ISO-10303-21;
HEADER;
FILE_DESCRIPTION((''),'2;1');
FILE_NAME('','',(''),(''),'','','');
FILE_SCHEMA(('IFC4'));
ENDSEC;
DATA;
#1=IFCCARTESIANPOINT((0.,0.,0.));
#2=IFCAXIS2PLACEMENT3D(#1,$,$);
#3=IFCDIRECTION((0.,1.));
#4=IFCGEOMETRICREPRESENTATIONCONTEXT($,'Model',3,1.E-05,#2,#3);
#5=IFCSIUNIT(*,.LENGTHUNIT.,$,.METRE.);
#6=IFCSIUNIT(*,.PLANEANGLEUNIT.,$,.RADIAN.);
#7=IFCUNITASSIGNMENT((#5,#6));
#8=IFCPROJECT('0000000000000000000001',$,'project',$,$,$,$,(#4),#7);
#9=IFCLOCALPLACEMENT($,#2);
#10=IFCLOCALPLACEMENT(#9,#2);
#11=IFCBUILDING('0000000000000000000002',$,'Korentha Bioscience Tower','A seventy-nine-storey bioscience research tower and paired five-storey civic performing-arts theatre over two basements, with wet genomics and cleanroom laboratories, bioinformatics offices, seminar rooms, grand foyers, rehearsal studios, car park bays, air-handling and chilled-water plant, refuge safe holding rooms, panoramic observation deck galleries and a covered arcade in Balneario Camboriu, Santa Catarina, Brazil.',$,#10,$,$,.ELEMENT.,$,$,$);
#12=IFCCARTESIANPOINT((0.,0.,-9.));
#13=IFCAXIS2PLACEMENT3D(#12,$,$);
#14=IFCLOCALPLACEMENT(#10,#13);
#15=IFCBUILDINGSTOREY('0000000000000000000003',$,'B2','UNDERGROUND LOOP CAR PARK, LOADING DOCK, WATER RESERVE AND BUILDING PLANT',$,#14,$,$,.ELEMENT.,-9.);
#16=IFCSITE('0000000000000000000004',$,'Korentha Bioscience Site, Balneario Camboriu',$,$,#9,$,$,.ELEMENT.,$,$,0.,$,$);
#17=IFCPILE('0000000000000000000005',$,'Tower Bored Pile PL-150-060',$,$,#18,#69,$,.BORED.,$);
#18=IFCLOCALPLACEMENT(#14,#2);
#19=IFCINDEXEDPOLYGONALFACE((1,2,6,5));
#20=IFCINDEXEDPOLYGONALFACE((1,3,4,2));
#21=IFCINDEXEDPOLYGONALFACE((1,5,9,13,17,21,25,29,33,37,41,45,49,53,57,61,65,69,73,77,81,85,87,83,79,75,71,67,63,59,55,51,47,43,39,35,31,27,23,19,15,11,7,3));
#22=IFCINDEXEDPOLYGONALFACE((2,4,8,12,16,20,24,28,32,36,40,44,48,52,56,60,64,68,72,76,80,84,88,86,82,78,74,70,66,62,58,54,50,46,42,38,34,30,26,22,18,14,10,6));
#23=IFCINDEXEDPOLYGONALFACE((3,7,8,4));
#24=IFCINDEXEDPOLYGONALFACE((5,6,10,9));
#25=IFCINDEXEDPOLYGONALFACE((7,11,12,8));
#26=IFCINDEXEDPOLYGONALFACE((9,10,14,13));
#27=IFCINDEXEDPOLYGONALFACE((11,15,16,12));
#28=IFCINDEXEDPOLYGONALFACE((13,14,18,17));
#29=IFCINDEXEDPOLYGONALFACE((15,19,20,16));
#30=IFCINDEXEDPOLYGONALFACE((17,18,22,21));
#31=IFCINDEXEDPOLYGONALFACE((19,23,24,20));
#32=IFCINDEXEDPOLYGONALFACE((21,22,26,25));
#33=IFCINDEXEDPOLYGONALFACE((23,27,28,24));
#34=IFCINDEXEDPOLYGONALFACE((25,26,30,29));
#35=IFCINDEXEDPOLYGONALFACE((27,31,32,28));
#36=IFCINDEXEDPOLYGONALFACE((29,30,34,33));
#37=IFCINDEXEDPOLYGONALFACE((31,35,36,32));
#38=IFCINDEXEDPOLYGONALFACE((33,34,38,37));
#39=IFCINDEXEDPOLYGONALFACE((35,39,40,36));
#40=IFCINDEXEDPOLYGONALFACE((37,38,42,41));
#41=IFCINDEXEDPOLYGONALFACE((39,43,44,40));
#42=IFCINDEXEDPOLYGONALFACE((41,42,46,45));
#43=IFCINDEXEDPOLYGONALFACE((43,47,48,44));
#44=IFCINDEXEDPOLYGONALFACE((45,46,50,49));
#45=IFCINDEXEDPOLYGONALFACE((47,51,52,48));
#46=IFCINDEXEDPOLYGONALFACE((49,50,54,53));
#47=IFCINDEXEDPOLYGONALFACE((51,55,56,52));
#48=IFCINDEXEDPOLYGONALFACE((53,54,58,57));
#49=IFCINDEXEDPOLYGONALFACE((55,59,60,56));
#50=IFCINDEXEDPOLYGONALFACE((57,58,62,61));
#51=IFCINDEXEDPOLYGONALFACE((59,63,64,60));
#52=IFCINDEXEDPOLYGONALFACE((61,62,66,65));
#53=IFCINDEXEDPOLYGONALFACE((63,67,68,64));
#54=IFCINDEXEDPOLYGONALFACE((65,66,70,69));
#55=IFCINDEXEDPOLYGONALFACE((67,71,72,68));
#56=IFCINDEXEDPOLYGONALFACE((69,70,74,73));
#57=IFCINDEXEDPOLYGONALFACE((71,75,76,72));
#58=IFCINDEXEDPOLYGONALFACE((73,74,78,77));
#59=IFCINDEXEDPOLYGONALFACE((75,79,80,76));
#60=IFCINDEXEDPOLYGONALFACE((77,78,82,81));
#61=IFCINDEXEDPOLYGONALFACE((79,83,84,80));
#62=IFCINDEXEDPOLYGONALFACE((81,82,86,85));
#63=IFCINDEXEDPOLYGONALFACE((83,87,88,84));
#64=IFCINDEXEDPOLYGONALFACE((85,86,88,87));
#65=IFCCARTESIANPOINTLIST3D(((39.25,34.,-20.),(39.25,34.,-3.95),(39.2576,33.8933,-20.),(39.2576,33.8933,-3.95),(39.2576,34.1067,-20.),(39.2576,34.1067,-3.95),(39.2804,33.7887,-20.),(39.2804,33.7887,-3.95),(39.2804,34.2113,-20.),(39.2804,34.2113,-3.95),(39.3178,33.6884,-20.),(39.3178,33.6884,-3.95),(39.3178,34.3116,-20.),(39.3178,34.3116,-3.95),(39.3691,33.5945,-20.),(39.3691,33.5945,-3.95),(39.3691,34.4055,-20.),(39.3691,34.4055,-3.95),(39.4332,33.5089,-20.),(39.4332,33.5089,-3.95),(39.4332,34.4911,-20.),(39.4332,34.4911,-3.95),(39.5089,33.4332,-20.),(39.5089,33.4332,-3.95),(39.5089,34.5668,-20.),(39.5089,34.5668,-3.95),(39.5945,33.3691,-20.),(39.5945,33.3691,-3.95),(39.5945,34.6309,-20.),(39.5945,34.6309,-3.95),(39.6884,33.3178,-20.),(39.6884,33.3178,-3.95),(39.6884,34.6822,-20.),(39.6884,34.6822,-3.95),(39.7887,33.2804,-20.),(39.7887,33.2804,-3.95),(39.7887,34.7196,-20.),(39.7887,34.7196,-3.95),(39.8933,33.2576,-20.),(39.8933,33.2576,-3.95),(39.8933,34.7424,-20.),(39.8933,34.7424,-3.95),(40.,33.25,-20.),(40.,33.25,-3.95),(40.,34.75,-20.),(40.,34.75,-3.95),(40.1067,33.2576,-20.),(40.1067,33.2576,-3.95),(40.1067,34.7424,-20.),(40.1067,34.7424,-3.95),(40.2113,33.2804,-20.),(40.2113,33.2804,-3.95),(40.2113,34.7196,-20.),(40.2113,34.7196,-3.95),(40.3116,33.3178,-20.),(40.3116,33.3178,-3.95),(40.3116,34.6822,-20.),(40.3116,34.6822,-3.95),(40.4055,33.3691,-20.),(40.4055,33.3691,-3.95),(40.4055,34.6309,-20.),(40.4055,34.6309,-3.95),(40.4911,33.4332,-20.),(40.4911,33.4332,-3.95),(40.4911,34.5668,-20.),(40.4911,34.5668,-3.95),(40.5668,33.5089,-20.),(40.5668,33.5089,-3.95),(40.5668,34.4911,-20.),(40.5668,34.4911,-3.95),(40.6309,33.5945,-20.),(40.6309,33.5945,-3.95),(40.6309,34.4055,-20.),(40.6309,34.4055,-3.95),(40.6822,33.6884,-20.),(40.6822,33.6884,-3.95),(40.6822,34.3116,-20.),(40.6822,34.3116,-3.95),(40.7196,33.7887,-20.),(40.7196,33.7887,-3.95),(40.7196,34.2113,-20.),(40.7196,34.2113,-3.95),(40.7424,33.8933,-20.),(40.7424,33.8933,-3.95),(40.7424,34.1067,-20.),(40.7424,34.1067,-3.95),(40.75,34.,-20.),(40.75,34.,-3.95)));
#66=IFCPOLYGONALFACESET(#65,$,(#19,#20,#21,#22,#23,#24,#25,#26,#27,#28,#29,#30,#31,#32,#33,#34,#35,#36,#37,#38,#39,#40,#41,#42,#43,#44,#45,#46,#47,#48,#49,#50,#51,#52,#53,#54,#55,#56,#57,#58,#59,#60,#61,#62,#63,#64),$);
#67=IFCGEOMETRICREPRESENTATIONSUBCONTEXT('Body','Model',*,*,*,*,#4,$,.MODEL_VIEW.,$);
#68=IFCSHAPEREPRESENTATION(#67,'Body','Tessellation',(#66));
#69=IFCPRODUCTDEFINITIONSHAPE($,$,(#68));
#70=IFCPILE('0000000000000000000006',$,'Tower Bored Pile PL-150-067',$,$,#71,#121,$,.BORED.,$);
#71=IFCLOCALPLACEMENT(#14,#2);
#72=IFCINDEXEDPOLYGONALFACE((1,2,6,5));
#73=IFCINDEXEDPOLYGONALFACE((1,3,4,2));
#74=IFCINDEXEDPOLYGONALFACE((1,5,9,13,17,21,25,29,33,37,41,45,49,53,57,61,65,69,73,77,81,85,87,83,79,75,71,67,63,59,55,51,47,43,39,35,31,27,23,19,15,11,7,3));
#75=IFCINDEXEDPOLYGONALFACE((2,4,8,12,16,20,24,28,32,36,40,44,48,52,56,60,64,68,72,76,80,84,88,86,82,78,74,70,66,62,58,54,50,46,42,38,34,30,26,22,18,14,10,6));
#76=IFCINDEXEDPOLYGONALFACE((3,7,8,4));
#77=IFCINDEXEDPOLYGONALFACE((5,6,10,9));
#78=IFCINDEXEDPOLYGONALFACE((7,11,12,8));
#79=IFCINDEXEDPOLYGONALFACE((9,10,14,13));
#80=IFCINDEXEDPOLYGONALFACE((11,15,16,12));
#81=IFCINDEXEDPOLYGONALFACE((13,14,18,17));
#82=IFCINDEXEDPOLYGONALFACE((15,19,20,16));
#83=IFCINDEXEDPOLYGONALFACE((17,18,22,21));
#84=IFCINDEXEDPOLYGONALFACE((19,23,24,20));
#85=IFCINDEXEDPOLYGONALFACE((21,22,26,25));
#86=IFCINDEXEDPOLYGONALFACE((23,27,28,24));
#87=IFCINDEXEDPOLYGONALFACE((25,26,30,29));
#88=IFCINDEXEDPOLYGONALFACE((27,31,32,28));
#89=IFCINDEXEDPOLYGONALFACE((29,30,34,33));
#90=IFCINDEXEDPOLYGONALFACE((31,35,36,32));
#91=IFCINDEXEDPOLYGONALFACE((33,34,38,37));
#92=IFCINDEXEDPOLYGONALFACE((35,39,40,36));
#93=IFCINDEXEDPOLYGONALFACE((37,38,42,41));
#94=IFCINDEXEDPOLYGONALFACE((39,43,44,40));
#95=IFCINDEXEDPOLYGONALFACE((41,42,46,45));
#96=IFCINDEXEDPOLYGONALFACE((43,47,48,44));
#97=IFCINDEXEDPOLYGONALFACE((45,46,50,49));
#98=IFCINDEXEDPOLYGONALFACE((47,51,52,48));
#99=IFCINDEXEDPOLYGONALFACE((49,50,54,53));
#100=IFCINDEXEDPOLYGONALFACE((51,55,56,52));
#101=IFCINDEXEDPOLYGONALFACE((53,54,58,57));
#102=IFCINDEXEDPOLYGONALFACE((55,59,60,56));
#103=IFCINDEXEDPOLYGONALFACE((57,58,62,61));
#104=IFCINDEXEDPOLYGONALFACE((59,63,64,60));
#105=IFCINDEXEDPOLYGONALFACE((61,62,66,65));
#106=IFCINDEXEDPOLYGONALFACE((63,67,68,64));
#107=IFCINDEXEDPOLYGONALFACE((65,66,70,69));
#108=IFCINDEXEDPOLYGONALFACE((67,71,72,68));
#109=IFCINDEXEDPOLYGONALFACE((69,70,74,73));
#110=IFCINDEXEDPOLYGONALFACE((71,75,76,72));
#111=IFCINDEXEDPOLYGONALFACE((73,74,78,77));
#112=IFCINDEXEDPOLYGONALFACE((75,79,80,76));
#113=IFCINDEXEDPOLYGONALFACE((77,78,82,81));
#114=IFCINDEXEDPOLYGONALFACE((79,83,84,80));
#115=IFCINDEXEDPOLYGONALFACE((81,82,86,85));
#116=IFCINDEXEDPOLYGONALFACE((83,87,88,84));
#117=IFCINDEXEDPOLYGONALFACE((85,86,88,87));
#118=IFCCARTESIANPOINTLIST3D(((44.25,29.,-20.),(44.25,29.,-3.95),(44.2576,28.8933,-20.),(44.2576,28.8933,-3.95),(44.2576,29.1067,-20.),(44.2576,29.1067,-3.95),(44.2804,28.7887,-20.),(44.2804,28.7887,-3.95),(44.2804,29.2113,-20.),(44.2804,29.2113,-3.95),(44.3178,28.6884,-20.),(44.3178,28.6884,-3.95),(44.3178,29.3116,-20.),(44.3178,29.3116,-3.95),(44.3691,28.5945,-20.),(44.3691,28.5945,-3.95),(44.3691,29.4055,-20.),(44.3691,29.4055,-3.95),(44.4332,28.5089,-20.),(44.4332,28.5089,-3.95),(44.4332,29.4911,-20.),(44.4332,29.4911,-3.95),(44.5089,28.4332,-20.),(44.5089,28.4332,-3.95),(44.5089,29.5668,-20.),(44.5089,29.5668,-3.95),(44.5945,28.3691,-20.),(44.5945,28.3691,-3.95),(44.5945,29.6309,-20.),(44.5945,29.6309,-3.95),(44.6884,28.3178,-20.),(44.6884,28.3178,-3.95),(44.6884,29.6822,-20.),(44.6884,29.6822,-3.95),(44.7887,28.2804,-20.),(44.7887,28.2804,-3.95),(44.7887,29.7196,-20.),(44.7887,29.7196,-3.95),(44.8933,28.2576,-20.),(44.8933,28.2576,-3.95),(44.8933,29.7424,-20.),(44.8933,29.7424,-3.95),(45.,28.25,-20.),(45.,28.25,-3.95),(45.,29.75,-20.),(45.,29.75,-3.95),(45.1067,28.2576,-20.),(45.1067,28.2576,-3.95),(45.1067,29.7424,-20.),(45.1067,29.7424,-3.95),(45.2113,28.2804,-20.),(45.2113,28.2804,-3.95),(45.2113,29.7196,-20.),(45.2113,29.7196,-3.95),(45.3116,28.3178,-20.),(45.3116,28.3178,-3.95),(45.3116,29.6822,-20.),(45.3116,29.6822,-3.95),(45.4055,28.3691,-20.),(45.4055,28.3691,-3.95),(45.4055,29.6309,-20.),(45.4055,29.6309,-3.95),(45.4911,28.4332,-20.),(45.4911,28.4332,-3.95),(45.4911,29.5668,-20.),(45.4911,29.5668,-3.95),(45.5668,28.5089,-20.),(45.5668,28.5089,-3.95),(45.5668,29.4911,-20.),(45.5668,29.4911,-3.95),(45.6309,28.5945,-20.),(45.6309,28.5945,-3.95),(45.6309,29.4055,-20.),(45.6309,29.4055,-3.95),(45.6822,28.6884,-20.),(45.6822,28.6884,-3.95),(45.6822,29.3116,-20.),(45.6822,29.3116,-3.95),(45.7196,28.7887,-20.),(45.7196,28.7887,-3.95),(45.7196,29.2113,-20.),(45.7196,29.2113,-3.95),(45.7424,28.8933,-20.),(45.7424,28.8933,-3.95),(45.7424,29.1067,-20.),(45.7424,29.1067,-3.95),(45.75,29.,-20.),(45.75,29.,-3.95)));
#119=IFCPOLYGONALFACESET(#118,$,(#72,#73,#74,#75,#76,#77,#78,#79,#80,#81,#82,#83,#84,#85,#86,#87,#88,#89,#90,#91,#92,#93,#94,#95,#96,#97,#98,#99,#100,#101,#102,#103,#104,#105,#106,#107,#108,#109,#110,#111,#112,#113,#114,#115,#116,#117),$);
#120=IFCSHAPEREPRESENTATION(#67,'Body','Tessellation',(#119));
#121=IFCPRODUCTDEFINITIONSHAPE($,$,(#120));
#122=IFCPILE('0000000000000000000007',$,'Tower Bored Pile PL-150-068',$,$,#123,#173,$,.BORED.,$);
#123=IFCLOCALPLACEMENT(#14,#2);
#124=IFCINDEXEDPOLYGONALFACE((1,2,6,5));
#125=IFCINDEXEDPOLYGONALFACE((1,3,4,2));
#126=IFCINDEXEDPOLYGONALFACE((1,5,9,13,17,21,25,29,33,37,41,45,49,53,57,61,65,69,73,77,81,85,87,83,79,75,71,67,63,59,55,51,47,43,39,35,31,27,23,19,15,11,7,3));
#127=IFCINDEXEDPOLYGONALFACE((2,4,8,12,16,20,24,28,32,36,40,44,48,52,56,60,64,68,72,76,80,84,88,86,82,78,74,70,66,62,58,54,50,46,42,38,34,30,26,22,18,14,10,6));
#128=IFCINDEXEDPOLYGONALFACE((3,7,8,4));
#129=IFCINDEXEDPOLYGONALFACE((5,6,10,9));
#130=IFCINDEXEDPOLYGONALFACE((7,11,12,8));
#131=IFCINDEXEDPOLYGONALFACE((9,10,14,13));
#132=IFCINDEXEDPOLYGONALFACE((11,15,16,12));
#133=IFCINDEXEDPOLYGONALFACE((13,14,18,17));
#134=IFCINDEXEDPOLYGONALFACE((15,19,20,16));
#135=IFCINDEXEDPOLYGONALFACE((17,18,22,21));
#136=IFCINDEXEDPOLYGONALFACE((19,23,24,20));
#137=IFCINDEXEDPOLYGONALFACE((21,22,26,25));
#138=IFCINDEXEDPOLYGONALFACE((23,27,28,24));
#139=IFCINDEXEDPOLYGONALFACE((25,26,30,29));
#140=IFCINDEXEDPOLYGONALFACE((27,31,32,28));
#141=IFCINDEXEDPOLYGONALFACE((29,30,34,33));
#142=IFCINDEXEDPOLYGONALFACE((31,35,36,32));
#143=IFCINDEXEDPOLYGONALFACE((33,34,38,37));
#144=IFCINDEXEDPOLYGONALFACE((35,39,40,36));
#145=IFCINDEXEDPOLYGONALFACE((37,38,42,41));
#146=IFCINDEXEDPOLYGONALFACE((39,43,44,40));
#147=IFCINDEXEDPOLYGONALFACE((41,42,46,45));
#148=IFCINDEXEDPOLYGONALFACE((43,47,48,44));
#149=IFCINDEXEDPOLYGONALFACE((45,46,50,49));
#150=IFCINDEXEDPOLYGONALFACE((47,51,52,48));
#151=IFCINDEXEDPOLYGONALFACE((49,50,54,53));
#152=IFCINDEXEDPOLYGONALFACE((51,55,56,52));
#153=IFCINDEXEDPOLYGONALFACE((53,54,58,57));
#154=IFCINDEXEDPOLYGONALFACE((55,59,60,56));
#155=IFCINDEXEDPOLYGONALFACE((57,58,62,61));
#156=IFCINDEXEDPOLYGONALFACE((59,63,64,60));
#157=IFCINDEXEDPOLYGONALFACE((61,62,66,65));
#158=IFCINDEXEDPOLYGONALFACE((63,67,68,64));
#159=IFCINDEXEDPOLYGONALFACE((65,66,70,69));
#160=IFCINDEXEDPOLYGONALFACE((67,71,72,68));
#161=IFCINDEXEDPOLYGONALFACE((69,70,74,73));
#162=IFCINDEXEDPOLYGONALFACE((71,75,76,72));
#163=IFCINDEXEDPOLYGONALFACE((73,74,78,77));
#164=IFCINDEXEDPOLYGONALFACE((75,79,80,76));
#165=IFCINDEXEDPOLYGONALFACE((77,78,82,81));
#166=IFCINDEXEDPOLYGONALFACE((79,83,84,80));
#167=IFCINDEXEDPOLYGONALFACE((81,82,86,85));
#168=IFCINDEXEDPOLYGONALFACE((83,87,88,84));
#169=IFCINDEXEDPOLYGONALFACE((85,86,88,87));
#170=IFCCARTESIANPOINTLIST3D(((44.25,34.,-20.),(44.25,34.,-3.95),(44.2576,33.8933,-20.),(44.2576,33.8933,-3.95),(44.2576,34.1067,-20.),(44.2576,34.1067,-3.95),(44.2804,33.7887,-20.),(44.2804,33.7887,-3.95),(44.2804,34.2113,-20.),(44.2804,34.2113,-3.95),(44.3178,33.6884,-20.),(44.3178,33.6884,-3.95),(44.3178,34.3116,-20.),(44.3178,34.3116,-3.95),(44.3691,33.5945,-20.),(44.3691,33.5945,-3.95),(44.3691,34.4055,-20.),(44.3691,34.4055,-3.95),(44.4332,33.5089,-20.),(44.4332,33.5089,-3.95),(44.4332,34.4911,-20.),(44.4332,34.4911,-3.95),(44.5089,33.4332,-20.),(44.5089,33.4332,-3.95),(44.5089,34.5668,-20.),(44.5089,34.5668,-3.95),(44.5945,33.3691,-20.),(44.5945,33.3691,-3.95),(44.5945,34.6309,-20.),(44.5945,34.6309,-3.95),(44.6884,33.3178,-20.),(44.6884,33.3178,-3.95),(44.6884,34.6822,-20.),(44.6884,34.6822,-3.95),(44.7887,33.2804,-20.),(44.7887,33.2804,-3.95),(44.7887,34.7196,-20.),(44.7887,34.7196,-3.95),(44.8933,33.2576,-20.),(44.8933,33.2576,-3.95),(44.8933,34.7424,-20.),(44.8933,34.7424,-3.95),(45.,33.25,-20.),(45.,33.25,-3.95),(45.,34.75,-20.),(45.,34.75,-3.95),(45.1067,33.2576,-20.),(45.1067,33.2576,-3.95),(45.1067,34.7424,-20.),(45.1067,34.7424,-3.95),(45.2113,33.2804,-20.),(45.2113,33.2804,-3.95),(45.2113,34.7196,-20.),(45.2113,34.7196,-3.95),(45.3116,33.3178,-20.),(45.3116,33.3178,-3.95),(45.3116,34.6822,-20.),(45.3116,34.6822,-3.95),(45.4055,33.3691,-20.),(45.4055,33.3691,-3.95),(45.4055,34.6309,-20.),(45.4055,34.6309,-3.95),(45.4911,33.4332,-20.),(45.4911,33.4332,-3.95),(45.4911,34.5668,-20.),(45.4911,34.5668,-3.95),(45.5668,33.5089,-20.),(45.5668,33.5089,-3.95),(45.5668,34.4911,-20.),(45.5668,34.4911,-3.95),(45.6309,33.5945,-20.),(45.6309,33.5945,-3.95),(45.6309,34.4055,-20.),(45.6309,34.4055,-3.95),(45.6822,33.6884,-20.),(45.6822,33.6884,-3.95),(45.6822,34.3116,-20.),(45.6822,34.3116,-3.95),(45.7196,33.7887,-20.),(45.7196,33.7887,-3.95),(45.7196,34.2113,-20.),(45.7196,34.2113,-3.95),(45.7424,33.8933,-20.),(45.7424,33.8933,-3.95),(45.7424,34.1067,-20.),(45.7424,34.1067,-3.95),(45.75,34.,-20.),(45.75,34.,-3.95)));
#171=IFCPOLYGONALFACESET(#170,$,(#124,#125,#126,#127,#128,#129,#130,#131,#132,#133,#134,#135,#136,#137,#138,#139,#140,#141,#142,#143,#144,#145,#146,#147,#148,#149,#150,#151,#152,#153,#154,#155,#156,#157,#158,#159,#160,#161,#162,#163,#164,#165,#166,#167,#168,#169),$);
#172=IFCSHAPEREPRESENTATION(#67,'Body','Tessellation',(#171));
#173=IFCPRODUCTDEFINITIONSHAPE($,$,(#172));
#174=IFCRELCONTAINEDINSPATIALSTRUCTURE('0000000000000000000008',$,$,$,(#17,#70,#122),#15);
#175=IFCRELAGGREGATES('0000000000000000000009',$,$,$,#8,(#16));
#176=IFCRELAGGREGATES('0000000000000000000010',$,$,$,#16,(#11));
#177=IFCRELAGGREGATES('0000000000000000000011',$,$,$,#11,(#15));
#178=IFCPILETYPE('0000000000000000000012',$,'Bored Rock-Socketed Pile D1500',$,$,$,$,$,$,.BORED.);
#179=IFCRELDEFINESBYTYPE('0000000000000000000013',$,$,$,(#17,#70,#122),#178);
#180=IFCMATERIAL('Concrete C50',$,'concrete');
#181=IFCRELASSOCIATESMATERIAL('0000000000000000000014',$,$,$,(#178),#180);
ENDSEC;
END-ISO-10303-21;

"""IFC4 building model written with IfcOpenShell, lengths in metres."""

from ifc_helpers import new_model, si_unit, direction, frame, origin, origin_2d, place, context, subcontext, project, spatial, circle, extrude, material, material_profile, profile_set, type_object, element, save


model = new_model("IFC4")

# Units and contexts
model_context = context("Model", 3, precision=1e-05, world=origin(), true_north=direction((0.0, 1.0)))
body_context = subcontext(model_context, "Body", "Model", "MODEL_VIEW")
ifc_project = project(units=[si_unit("LENGTHUNIT", "METRE"), si_unit("PLANEANGLEUNIT", "RADIAN")], contexts=[model_context])

# Site, building, storey
site_placement = place(None, origin())
site = spatial("IfcSite", under=ifc_project, at=site_placement, Name="Korentha Bioscience Site, Balneario Camboriu", CompositionType="ELEMENT", RefElevation=0.0)
building_placement = place(site_placement, origin())
building = spatial("IfcBuilding", under=site, at=building_placement, Name="Korentha Bioscience Tower", Description="A seventy-nine-storey bioscience research tower and paired five-storey civic performing-arts theatre over two basements, with wet genomics and cleanroom laboratories, bioinformatics offices, seminar rooms, grand foyers, rehearsal studios, car park bays, air-handling and chilled-water plant, refuge safe holding rooms, panoramic observation deck galleries and a covered arcade in Balneario Camboriu, Santa Catarina, Brazil.", CompositionType="ELEMENT")
storey_placement = place(building_placement, frame((0.0, 0.0, -9.0)))
storey = spatial("IfcBuildingStorey", under=building, at=storey_placement, Name="B2", Description="UNDERGROUND LOOP CAR PARK, LOADING DOCK, WATER RESERVE AND BUILDING PLANT", CompositionType="ELEMENT", Elevation=-9.0)

# Piles
ifc_material_1 = material(Name="Concrete C50", Category="concrete")
ifc_material_profile_1 = material_profile(ifc_material_1, circle(Radius=0.75, at=origin_2d()), Name="Concrete C50")
ifc_profile_set_1 = profile_set([ifc_material_profile_1], Name="Concrete C50 (PL-150)")
pile_type = type_object("IfcPileType", Name="Bored Rock-Socketed Pile D1500", PredefinedType="BORED", material=ifc_profile_set_1)
for number, where, z_axis, x_axis, name in (
    (1, (40.0, 34.0, -3.95), (0.0, 0.0, -1.0), (1.0, 0.0, 0.0), "Tower Bored Pile PL-150-060"),
    (2, (45.0, 29.0, -3.95), (0.0, 0.0, -1.0), (1.0, 0.0, 0.0), "Tower Bored Pile PL-150-067"),
    (3, (45.0, 34.0, -3.95), (0.0, 0.0, -1.0), (1.0, 0.0, 0.0), "Tower Bored Pile PL-150-068"),
):
    element("IfcPile", number, at=place(storey_placement, frame(where, z_axis=z_axis, x_axis=x_axis)), inside=storey, type_object=pile_type, Name=name, PredefinedType="BORED", context=body_context, shape_type="SweptSolid", body=[
        extrude(circle(Radius=0.75, at=origin_2d()), origin(), (0.0, 0.0, 1.0), 16.05),
    ])

save(model, "model.ifc")
